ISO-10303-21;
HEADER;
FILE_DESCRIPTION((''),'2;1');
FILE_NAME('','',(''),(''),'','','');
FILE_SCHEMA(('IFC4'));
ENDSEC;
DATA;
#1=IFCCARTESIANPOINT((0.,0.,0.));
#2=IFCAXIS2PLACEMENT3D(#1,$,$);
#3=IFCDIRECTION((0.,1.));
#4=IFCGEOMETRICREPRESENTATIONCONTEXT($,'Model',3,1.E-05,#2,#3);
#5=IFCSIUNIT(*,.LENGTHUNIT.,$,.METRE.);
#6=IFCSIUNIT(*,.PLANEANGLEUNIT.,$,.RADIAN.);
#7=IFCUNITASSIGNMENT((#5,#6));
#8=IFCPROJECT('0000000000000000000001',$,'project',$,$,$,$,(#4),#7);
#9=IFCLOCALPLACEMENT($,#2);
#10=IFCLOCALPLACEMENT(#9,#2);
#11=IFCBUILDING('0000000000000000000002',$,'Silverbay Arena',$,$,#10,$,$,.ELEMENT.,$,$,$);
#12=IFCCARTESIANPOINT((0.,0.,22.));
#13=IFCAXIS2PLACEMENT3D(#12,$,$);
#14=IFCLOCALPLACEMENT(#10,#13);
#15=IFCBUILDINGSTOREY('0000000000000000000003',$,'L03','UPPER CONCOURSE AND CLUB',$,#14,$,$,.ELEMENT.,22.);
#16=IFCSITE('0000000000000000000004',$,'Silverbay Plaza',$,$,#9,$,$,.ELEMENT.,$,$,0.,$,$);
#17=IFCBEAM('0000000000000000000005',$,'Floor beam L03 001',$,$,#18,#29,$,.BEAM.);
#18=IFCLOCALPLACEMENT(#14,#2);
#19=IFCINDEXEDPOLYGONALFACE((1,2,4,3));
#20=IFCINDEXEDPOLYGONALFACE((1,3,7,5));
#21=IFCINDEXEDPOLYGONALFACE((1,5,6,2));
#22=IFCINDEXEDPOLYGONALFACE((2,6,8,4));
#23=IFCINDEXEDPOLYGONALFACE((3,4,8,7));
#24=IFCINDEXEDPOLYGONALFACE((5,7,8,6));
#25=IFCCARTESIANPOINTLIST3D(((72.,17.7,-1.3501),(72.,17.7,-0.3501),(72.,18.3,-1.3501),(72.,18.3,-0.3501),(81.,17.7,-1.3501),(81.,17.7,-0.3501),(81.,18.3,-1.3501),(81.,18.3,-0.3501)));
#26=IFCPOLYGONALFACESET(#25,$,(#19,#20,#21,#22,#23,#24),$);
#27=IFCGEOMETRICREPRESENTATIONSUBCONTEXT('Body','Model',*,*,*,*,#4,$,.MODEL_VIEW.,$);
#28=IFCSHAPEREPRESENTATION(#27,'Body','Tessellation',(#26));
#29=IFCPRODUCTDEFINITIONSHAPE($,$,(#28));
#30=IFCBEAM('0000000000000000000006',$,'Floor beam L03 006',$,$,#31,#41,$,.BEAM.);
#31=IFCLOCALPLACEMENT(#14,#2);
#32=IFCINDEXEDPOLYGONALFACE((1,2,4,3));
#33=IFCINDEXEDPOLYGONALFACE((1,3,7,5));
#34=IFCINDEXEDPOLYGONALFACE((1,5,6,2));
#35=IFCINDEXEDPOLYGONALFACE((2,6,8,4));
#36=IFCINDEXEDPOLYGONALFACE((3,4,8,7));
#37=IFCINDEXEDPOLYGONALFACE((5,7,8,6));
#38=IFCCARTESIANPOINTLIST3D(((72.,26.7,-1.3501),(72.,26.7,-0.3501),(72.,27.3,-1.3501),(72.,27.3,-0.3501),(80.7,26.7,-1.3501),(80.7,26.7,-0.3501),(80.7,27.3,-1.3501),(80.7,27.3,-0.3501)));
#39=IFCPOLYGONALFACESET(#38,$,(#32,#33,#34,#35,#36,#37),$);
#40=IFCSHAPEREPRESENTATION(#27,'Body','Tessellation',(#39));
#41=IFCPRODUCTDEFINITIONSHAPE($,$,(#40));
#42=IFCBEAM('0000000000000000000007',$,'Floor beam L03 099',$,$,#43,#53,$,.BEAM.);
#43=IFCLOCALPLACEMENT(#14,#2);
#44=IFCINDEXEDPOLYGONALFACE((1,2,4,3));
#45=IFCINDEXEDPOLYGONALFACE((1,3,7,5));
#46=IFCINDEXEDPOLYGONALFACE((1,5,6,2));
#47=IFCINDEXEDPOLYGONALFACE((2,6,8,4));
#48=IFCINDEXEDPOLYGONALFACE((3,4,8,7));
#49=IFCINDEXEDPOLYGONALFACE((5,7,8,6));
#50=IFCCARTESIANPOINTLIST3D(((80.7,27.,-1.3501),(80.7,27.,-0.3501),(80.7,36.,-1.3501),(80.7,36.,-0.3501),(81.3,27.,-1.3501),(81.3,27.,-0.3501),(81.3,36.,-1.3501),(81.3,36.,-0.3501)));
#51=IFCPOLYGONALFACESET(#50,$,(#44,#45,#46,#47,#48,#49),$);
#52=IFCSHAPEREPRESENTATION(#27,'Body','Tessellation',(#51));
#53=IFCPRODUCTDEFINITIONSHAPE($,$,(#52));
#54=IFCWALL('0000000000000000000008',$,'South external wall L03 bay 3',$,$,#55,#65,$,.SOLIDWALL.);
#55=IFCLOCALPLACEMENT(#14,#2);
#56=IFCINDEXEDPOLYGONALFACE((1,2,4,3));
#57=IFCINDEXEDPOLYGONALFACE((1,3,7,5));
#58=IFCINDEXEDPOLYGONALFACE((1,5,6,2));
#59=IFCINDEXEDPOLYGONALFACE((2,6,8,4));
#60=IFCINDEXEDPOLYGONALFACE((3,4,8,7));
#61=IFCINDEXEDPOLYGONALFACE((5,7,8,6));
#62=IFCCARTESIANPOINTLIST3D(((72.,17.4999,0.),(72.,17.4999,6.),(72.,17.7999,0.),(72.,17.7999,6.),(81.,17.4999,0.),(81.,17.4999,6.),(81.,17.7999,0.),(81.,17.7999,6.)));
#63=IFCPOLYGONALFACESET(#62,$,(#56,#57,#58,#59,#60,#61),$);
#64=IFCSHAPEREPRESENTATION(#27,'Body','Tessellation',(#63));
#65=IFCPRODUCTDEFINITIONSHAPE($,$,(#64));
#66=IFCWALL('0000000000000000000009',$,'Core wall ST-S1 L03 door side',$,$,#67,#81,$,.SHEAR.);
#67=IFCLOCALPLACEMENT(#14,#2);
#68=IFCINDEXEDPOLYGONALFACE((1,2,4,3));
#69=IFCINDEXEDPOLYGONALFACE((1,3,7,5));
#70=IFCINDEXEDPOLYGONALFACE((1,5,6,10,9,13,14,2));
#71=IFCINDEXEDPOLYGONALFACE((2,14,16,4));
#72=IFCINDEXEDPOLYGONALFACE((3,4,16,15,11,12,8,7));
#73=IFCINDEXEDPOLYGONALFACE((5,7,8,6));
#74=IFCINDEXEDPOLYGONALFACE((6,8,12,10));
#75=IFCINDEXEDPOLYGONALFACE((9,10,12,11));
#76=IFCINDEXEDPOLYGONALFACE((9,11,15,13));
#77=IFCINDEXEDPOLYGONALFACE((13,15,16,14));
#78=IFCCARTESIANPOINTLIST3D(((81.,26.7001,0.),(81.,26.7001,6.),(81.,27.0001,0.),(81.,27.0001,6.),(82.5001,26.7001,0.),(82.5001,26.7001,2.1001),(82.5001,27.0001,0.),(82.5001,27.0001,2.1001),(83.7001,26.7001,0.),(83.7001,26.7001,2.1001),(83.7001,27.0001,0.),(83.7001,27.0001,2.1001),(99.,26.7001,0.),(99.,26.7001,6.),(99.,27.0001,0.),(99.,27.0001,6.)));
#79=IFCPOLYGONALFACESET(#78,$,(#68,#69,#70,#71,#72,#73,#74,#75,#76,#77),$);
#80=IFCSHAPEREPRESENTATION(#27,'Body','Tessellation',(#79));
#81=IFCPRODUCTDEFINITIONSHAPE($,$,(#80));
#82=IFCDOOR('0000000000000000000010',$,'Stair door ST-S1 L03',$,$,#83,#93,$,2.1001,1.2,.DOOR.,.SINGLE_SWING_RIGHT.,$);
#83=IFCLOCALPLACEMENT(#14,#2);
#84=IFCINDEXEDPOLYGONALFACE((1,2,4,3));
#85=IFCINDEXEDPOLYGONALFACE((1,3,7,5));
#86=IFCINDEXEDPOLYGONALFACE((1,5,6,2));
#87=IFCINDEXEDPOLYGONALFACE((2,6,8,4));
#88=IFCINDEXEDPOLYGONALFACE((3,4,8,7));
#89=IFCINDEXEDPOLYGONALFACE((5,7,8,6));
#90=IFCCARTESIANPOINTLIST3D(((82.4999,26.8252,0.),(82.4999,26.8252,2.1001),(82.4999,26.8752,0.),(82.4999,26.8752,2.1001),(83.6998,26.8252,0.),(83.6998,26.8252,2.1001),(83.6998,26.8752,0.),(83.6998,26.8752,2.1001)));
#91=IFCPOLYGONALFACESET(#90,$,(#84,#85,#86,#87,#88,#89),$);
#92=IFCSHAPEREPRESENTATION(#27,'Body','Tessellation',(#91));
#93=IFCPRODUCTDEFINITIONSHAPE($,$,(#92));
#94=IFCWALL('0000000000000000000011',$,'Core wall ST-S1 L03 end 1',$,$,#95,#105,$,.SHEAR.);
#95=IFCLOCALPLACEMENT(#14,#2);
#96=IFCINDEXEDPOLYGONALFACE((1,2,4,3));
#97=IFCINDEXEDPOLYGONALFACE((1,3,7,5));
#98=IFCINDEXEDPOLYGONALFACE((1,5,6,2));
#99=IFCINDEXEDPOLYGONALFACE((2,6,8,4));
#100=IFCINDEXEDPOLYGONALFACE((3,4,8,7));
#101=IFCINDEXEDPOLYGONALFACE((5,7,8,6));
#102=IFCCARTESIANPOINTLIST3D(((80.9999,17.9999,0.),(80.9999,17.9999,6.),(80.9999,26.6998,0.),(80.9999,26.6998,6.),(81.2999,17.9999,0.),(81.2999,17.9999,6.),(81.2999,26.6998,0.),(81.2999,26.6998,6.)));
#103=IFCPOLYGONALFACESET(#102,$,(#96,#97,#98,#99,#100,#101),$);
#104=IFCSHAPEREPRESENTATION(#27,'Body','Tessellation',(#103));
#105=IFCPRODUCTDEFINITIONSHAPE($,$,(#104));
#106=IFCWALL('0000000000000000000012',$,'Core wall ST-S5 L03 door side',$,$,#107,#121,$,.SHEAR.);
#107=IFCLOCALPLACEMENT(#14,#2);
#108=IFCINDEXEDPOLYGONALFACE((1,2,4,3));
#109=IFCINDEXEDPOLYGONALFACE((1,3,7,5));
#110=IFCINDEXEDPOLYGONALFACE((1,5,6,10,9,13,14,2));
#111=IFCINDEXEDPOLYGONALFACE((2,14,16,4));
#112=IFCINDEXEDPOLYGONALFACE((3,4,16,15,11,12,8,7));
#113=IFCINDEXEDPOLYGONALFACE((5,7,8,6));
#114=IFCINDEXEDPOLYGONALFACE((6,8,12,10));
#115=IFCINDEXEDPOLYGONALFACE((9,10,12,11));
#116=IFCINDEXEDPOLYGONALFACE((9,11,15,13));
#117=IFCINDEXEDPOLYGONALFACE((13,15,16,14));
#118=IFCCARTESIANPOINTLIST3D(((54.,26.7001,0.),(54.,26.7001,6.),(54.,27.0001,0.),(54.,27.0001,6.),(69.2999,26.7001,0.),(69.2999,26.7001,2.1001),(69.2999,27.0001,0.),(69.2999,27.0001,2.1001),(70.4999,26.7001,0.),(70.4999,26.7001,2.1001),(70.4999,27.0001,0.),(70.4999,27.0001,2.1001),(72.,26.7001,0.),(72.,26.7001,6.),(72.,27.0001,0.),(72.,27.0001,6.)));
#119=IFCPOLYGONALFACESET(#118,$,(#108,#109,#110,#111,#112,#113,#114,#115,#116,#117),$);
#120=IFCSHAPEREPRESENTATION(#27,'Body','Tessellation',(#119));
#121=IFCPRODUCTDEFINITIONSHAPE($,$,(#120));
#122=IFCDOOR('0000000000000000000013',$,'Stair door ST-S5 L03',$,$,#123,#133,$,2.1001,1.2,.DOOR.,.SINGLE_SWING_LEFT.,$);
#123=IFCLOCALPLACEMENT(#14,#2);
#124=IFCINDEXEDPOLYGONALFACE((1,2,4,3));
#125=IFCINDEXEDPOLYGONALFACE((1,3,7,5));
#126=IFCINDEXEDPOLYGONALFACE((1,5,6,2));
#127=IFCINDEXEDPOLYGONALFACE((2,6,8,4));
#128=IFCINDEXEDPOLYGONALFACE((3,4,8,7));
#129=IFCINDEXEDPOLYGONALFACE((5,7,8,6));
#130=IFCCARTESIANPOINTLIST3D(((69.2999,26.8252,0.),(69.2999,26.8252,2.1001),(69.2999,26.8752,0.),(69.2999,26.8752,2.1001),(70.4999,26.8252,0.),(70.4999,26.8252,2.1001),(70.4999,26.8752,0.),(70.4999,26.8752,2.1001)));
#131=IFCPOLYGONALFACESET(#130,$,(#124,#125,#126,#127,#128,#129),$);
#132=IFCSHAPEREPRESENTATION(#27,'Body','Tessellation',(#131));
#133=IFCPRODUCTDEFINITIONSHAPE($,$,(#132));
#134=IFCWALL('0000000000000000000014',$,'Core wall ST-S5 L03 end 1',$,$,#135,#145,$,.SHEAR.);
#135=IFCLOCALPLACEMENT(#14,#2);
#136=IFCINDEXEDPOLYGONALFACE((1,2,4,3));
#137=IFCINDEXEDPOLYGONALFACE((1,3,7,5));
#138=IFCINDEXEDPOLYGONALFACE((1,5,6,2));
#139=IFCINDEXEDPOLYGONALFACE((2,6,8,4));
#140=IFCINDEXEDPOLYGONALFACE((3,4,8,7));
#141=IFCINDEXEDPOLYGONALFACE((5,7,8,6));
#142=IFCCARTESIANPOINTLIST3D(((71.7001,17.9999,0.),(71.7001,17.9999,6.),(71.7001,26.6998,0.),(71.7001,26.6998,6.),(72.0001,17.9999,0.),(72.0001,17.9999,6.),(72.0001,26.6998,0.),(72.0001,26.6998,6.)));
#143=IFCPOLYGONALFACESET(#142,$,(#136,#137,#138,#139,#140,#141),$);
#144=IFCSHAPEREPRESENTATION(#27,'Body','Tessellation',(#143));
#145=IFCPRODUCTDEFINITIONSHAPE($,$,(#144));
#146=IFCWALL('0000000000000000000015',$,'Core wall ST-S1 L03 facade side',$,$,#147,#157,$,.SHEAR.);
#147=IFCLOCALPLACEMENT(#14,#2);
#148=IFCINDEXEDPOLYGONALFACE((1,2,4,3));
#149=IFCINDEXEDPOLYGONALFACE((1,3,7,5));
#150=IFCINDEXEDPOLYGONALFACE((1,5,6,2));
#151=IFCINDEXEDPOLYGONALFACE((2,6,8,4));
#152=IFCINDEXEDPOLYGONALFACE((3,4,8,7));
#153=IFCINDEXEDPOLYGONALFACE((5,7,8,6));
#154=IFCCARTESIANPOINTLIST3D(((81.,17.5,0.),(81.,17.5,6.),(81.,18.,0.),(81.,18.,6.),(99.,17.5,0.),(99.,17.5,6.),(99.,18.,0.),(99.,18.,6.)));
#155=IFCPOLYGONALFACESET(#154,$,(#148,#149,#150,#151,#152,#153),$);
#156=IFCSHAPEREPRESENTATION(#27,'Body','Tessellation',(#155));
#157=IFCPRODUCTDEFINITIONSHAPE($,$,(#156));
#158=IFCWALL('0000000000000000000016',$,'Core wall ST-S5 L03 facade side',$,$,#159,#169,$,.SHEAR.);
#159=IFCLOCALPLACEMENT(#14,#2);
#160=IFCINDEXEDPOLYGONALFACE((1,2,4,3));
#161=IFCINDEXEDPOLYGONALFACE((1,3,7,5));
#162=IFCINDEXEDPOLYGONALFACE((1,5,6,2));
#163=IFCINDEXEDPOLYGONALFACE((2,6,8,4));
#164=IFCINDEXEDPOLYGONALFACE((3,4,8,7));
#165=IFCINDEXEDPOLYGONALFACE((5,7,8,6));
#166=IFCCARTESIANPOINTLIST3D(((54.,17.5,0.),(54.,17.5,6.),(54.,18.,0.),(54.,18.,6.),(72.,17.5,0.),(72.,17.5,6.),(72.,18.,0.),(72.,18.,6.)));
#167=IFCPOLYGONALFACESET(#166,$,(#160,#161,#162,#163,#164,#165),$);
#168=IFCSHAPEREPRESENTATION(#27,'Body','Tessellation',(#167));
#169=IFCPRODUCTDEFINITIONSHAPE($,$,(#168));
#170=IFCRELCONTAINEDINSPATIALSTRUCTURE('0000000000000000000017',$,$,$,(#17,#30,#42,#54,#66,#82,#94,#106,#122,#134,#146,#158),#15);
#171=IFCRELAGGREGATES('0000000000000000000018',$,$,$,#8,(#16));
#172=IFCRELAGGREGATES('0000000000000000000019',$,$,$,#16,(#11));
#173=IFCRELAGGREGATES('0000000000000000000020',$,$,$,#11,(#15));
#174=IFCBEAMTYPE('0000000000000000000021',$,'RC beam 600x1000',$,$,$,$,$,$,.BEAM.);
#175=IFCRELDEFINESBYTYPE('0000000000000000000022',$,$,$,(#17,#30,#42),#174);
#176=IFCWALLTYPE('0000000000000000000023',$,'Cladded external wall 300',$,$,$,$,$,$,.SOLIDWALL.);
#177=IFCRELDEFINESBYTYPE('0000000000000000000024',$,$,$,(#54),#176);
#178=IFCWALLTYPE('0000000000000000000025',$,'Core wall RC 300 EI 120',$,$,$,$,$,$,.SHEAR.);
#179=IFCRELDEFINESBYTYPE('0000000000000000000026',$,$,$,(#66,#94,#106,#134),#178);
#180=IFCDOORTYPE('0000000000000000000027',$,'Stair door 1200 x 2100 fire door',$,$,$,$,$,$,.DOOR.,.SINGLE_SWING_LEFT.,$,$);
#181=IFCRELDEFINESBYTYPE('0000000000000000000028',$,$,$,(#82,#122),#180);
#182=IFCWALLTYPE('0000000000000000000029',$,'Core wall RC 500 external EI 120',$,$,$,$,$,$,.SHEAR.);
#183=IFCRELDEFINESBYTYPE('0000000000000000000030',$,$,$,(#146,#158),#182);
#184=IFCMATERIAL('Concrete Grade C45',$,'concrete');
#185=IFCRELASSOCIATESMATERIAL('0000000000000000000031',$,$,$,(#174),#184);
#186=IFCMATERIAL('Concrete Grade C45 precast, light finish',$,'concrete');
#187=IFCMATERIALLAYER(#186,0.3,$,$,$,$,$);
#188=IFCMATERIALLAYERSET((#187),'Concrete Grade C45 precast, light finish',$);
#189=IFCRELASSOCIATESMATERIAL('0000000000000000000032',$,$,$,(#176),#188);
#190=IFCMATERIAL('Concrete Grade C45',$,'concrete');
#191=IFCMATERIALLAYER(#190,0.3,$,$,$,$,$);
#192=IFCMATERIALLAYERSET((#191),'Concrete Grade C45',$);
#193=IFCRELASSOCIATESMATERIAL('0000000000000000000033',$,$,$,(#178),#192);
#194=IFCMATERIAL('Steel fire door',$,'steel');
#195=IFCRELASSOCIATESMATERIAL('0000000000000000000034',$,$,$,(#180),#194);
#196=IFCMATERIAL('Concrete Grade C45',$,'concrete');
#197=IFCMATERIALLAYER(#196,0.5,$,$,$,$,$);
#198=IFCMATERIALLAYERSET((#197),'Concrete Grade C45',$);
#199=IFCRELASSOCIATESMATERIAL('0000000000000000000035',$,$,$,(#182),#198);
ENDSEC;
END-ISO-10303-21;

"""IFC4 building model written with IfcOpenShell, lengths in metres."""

from ifc_helpers import new_model, si_unit, direction, frame, frame_2d, origin, origin_2d, place, context, subcontext, project, spatial, rectangle, extrude, material, layer, layer_set, material_profile, profile_set, type_object, element, fill, save


model = new_model("IFC4")

# Units and contexts
model_context = context("Model", 3, precision=1e-05, world=origin(), true_north=direction((0.0, 1.0)))
body_context = subcontext(model_context, "Body", "Model", "MODEL_VIEW")
ifc_project = project(units=[si_unit("LENGTHUNIT", "METRE"), si_unit("PLANEANGLEUNIT", "RADIAN")], contexts=[model_context])

# Site, building, storey
site_placement = place(None, origin())
site = spatial("IfcSite", under=ifc_project, at=site_placement, Name="Silverbay Plaza", CompositionType="ELEMENT", RefElevation=0.0)
building_placement = place(site_placement, origin())
building = spatial("IfcBuilding", under=site, at=building_placement, Name="Silverbay Arena", CompositionType="ELEMENT")
storey_placement = place(building_placement, frame((0.0, 0.0, 22.0)))
storey = spatial("IfcBuildingStorey", under=building, at=storey_placement, Name="L03", Description="UPPER CONCOURSE AND CLUB", CompositionType="ELEMENT", Elevation=22.0)

# Beams
ifc_material_1 = material(Name="Concrete Grade C45", Category="concrete")
ifc_material_profile = material_profile(ifc_material_1, rectangle(XDim=0.6001, YDim=1.0, at=origin_2d()), Name="RC 600x1000")
ifc_profile_set = profile_set([ifc_material_profile], Name="Concrete Grade C45")
beam_type = type_object("IfcBeamType", Name="RC beam 600x1000", PredefinedType="BEAM", material=ifc_profile_set)
beam_1_placement = place(storey_placement, frame((72.0, 18.0, -0.8501), z_axis=(1.0, 0.0, 0.0), x_axis=(0.0, 1.0, 0.0)))
element("IfcBeam", 1, at=beam_1_placement, inside=storey, type_object=beam_type, Name="Floor beam L03 001", PredefinedType="BEAM", context=body_context, shape_type="SweptSolid", body=[
    extrude(rectangle(XDim=0.6001, YDim=1.0, at=origin_2d()), origin(), (0.0, 0.0, 1.0), 9.0),
])
beam_2_placement = place(storey_placement, frame((72.0, 27.0, -0.8501), z_axis=(1.0, 0.0, 0.0), x_axis=(0.0, 1.0, 0.0)))
element("IfcBeam", 2, at=beam_2_placement, inside=storey, type_object=beam_type, Name="Floor beam L03 006", PredefinedType="BEAM", context=body_context, shape_type="SweptSolid", body=[
    extrude(rectangle(XDim=0.6001, YDim=1.0, at=origin_2d()), origin(), (0.0, 0.0, 1.0), 8.7),
])
beam_3_placement = place(storey_placement, frame((81.0, 27.0, -0.8501), z_axis=(0.0, 1.0, 0.0), x_axis=(-1.0, 0.0, 0.0)))
element("IfcBeam", 3, at=beam_3_placement, inside=storey, type_object=beam_type, Name="Floor beam L03 099", PredefinedType="BEAM", context=body_context, shape_type="SweptSolid", body=[
    extrude(rectangle(XDim=0.6001, YDim=1.0, at=origin_2d()), origin(), (0.0, 0.0, 1.0), 9.0),
])

# Wall
ifc_material_2 = material(Name="Concrete Grade C45 precast, light finish", Category="concrete")
ifc_layer_1 = layer(ifc_material_2, 0.3)
ifc_layer_set_1 = layer_set([ifc_layer_1], Name="Concrete Grade C45 precast, light finish")
wall_type_1 = type_object("IfcWallType", Name="Cladded external wall 300", PredefinedType="SOLIDWALL", material=ifc_layer_set_1)
wall_1_placement = place(storey_placement, frame((72.0, 17.6499, 0.0), z_axis=(0.0, 0.0, 1.0), x_axis=(1.0, 0.0, 0.0)))
element("IfcWall", 4, at=wall_1_placement, inside=storey, type_object=wall_type_1, Name="South external wall L03 bay 3", PredefinedType="SOLIDWALL", context=body_context, shape_type="SweptSolid", body=[
    extrude(rectangle(XDim=9.0, YDim=0.3, at=frame_2d((4.5, 0.0))), origin(), (0.0, 0.0, 1.0), 6.0),
])

# Wall, opening, door
ifc_material_3 = material(Name="Concrete Grade C45", Category="concrete")
ifc_layer_2 = layer(ifc_material_3, 0.3)
ifc_layer_set_2 = layer_set([ifc_layer_2], Name="Concrete Grade C45")
wall_type_2 = type_object("IfcWallType", Name="Core wall RC 300 EI 120", PredefinedType="SHEAR", material=ifc_layer_set_2)
wall_2_placement = place(storey_placement, frame((81.0, 26.8501, 0.0), z_axis=(0.0, 0.0, 1.0), x_axis=(1.0, 0.0, 0.0)))
wall_2 = element("IfcWall", 5, at=wall_2_placement, inside=storey, type_object=wall_type_2, Name="Core wall ST-S1 L03 door side", PredefinedType="SHEAR", context=body_context, shape_type="SweptSolid", body=[
    extrude(rectangle(XDim=18.0, YDim=0.3, at=frame_2d((9.0, 0.0))), origin(), (0.0, 0.0, 1.0), 6.0),
])
opening_1_placement = place(wall_2_placement, frame((1.5, 0.0, 0.0)))
opening_1 = element("IfcOpeningElement", 6, at=opening_1_placement, cuts=wall_2, PredefinedType="OPENING", context=body_context, shape_type="SweptSolid", body=[
    extrude(rectangle(XDim=1.2, YDim=2.1001, at=frame_2d((0.6001, 1.05))), frame((0.0, 0.1602, 0.0), z_axis=(0.0, -1.0, 0.0), x_axis=(1.0, 0.0, 0.0)), (0.0, 0.0, 1.0), 0.3201),
])
ifc_material_4 = material(Name="Steel fire door", Category="steel")
door_type_1 = type_object("IfcDoorType", Name="Stair door 1200 x 2100 fire door", OperationType="SINGLE_SWING_LEFT", PredefinedType="DOOR", material=ifc_material_4)
door_1_placement = place(opening_1_placement, frame((1.2, 0.0, 0.0), z_axis=(0.0, 0.0, 1.0), x_axis=(-1.0, 0.0, 0.0)))
door_1 = element("IfcDoor", 7, at=door_1_placement, inside=storey, type_object=door_type_1, Name="Stair door ST-S1 L03", OperationType="SINGLE_SWING_RIGHT", OverallHeight=2.1001, OverallWidth=1.2, PredefinedType="DOOR", context=body_context, shape_type="SweptSolid", body=[
    extrude(rectangle(XDim=1.2, YDim=2.1001, at=frame_2d((0.6001, 1.05))), frame((0.0, 0.0249, 0.0), z_axis=(0.0, -1.0, 0.0), x_axis=(1.0, 0.0, 0.0)), (0.0, 0.0, 1.0), 0.05),
])
fill(opening_1, door_1)

# Wall
wall_3_placement = place(storey_placement, frame((81.1499, 26.7, 0.0), z_axis=(0.0, 0.0, 1.0), x_axis=(0.0, -1.0, 0.0)))
element("IfcWall", 8, at=wall_3_placement, inside=storey, type_object=wall_type_2, Name="Core wall ST-S1 L03 end 1", PredefinedType="SHEAR", context=body_context, shape_type="SweptSolid", body=[
    extrude(rectangle(XDim=8.7, YDim=0.3, at=frame_2d((4.3501, 0.0))), origin(), (0.0, 0.0, 1.0), 6.0),
])

# Wall, opening, door
wall_4_placement = place(storey_placement, frame((72.0, 26.8501, 0.0), z_axis=(0.0, 0.0, 1.0), x_axis=(-1.0, 0.0, 0.0)))
wall_4 = element("IfcWall", 9, at=wall_4_placement, inside=storey, type_object=wall_type_2, Name="Core wall ST-S5 L03 door side", PredefinedType="SHEAR", context=body_context, shape_type="SweptSolid", body=[
    extrude(rectangle(XDim=18.0, YDim=0.3, at=frame_2d((9.0, 0.0))), origin(), (0.0, 0.0, 1.0), 6.0),
])
opening_2_placement = place(wall_4_placement, frame((1.5, 0.0, 0.0)))
opening_2 = element("IfcOpeningElement", 10, at=opening_2_placement, cuts=wall_4, PredefinedType="OPENING", context=body_context, shape_type="SweptSolid", body=[
    extrude(rectangle(XDim=1.2, YDim=2.1001, at=frame_2d((0.6001, 1.05))), frame((0.0, 0.1602, 0.0), z_axis=(0.0, -1.0, 0.0), x_axis=(1.0, 0.0, 0.0)), (0.0, 0.0, 1.0), 0.3201),
])
door_2_placement = place(opening_2_placement, origin())
door_2 = element("IfcDoor", 11, at=door_2_placement, inside=storey, type_object=door_type_1, Name="Stair door ST-S5 L03", OperationType="SINGLE_SWING_LEFT", OverallHeight=2.1001, OverallWidth=1.2, PredefinedType="DOOR", context=body_context, shape_type="SweptSolid", body=[
    extrude(rectangle(XDim=1.2, YDim=2.1001, at=frame_2d((0.6001, 1.05))), frame((0.0, 0.0249, 0.0), z_axis=(0.0, -1.0, 0.0), x_axis=(1.0, 0.0, 0.0)), (0.0, 0.0, 1.0), 0.05),
])
fill(opening_2, door_2)

# Walls
wall_5_placement = place(storey_placement, frame((71.8501, 26.7, 0.0), z_axis=(0.0, 0.0, 1.0), x_axis=(0.0, -1.0, 0.0)))
element("IfcWall", 12, at=wall_5_placement, inside=storey, type_object=wall_type_2, Name="Core wall ST-S5 L03 end 1", PredefinedType="SHEAR", context=body_context, shape_type="SweptSolid", body=[
    extrude(rectangle(XDim=8.7, YDim=0.3, at=frame_2d((4.3501, 0.0))), origin(), (0.0, 0.0, 1.0), 6.0),
])
ifc_material_5 = material(Name="Concrete Grade C45", Category="concrete")
ifc_layer_3 = layer(ifc_material_5, 0.5)
ifc_layer_set_3 = layer_set([ifc_layer_3], Name="Concrete Grade C45")
wall_type_3 = type_object("IfcWallType", Name="Core wall RC 500 external EI 120", PredefinedType="SHEAR", material=ifc_layer_set_3)
for number, where, z_axis, x_axis, name in (
    (13, (81.0, 17.75, 0.0), (0.0, 0.0, 1.0), (1.0, 0.0, 0.0), "Core wall ST-S1 L03 facade side"),
    (14, (72.0, 17.75, 0.0), (0.0, 0.0, 1.0), (-1.0, 0.0, 0.0), "Core wall ST-S5 L03 facade side"),
):
    element("IfcWall", number, at=place(storey_placement, frame(where, z_axis=z_axis, x_axis=x_axis)), inside=storey, type_object=wall_type_3, Name=name, PredefinedType="SHEAR", context=body_context, shape_type="SweptSolid", body=[
        extrude(rectangle(XDim=18.0, YDim=0.5, at=frame_2d((9.0, 0.0))), origin(), (0.0, 0.0, 1.0), 6.0),
    ])

save(model, "model.ifc")
